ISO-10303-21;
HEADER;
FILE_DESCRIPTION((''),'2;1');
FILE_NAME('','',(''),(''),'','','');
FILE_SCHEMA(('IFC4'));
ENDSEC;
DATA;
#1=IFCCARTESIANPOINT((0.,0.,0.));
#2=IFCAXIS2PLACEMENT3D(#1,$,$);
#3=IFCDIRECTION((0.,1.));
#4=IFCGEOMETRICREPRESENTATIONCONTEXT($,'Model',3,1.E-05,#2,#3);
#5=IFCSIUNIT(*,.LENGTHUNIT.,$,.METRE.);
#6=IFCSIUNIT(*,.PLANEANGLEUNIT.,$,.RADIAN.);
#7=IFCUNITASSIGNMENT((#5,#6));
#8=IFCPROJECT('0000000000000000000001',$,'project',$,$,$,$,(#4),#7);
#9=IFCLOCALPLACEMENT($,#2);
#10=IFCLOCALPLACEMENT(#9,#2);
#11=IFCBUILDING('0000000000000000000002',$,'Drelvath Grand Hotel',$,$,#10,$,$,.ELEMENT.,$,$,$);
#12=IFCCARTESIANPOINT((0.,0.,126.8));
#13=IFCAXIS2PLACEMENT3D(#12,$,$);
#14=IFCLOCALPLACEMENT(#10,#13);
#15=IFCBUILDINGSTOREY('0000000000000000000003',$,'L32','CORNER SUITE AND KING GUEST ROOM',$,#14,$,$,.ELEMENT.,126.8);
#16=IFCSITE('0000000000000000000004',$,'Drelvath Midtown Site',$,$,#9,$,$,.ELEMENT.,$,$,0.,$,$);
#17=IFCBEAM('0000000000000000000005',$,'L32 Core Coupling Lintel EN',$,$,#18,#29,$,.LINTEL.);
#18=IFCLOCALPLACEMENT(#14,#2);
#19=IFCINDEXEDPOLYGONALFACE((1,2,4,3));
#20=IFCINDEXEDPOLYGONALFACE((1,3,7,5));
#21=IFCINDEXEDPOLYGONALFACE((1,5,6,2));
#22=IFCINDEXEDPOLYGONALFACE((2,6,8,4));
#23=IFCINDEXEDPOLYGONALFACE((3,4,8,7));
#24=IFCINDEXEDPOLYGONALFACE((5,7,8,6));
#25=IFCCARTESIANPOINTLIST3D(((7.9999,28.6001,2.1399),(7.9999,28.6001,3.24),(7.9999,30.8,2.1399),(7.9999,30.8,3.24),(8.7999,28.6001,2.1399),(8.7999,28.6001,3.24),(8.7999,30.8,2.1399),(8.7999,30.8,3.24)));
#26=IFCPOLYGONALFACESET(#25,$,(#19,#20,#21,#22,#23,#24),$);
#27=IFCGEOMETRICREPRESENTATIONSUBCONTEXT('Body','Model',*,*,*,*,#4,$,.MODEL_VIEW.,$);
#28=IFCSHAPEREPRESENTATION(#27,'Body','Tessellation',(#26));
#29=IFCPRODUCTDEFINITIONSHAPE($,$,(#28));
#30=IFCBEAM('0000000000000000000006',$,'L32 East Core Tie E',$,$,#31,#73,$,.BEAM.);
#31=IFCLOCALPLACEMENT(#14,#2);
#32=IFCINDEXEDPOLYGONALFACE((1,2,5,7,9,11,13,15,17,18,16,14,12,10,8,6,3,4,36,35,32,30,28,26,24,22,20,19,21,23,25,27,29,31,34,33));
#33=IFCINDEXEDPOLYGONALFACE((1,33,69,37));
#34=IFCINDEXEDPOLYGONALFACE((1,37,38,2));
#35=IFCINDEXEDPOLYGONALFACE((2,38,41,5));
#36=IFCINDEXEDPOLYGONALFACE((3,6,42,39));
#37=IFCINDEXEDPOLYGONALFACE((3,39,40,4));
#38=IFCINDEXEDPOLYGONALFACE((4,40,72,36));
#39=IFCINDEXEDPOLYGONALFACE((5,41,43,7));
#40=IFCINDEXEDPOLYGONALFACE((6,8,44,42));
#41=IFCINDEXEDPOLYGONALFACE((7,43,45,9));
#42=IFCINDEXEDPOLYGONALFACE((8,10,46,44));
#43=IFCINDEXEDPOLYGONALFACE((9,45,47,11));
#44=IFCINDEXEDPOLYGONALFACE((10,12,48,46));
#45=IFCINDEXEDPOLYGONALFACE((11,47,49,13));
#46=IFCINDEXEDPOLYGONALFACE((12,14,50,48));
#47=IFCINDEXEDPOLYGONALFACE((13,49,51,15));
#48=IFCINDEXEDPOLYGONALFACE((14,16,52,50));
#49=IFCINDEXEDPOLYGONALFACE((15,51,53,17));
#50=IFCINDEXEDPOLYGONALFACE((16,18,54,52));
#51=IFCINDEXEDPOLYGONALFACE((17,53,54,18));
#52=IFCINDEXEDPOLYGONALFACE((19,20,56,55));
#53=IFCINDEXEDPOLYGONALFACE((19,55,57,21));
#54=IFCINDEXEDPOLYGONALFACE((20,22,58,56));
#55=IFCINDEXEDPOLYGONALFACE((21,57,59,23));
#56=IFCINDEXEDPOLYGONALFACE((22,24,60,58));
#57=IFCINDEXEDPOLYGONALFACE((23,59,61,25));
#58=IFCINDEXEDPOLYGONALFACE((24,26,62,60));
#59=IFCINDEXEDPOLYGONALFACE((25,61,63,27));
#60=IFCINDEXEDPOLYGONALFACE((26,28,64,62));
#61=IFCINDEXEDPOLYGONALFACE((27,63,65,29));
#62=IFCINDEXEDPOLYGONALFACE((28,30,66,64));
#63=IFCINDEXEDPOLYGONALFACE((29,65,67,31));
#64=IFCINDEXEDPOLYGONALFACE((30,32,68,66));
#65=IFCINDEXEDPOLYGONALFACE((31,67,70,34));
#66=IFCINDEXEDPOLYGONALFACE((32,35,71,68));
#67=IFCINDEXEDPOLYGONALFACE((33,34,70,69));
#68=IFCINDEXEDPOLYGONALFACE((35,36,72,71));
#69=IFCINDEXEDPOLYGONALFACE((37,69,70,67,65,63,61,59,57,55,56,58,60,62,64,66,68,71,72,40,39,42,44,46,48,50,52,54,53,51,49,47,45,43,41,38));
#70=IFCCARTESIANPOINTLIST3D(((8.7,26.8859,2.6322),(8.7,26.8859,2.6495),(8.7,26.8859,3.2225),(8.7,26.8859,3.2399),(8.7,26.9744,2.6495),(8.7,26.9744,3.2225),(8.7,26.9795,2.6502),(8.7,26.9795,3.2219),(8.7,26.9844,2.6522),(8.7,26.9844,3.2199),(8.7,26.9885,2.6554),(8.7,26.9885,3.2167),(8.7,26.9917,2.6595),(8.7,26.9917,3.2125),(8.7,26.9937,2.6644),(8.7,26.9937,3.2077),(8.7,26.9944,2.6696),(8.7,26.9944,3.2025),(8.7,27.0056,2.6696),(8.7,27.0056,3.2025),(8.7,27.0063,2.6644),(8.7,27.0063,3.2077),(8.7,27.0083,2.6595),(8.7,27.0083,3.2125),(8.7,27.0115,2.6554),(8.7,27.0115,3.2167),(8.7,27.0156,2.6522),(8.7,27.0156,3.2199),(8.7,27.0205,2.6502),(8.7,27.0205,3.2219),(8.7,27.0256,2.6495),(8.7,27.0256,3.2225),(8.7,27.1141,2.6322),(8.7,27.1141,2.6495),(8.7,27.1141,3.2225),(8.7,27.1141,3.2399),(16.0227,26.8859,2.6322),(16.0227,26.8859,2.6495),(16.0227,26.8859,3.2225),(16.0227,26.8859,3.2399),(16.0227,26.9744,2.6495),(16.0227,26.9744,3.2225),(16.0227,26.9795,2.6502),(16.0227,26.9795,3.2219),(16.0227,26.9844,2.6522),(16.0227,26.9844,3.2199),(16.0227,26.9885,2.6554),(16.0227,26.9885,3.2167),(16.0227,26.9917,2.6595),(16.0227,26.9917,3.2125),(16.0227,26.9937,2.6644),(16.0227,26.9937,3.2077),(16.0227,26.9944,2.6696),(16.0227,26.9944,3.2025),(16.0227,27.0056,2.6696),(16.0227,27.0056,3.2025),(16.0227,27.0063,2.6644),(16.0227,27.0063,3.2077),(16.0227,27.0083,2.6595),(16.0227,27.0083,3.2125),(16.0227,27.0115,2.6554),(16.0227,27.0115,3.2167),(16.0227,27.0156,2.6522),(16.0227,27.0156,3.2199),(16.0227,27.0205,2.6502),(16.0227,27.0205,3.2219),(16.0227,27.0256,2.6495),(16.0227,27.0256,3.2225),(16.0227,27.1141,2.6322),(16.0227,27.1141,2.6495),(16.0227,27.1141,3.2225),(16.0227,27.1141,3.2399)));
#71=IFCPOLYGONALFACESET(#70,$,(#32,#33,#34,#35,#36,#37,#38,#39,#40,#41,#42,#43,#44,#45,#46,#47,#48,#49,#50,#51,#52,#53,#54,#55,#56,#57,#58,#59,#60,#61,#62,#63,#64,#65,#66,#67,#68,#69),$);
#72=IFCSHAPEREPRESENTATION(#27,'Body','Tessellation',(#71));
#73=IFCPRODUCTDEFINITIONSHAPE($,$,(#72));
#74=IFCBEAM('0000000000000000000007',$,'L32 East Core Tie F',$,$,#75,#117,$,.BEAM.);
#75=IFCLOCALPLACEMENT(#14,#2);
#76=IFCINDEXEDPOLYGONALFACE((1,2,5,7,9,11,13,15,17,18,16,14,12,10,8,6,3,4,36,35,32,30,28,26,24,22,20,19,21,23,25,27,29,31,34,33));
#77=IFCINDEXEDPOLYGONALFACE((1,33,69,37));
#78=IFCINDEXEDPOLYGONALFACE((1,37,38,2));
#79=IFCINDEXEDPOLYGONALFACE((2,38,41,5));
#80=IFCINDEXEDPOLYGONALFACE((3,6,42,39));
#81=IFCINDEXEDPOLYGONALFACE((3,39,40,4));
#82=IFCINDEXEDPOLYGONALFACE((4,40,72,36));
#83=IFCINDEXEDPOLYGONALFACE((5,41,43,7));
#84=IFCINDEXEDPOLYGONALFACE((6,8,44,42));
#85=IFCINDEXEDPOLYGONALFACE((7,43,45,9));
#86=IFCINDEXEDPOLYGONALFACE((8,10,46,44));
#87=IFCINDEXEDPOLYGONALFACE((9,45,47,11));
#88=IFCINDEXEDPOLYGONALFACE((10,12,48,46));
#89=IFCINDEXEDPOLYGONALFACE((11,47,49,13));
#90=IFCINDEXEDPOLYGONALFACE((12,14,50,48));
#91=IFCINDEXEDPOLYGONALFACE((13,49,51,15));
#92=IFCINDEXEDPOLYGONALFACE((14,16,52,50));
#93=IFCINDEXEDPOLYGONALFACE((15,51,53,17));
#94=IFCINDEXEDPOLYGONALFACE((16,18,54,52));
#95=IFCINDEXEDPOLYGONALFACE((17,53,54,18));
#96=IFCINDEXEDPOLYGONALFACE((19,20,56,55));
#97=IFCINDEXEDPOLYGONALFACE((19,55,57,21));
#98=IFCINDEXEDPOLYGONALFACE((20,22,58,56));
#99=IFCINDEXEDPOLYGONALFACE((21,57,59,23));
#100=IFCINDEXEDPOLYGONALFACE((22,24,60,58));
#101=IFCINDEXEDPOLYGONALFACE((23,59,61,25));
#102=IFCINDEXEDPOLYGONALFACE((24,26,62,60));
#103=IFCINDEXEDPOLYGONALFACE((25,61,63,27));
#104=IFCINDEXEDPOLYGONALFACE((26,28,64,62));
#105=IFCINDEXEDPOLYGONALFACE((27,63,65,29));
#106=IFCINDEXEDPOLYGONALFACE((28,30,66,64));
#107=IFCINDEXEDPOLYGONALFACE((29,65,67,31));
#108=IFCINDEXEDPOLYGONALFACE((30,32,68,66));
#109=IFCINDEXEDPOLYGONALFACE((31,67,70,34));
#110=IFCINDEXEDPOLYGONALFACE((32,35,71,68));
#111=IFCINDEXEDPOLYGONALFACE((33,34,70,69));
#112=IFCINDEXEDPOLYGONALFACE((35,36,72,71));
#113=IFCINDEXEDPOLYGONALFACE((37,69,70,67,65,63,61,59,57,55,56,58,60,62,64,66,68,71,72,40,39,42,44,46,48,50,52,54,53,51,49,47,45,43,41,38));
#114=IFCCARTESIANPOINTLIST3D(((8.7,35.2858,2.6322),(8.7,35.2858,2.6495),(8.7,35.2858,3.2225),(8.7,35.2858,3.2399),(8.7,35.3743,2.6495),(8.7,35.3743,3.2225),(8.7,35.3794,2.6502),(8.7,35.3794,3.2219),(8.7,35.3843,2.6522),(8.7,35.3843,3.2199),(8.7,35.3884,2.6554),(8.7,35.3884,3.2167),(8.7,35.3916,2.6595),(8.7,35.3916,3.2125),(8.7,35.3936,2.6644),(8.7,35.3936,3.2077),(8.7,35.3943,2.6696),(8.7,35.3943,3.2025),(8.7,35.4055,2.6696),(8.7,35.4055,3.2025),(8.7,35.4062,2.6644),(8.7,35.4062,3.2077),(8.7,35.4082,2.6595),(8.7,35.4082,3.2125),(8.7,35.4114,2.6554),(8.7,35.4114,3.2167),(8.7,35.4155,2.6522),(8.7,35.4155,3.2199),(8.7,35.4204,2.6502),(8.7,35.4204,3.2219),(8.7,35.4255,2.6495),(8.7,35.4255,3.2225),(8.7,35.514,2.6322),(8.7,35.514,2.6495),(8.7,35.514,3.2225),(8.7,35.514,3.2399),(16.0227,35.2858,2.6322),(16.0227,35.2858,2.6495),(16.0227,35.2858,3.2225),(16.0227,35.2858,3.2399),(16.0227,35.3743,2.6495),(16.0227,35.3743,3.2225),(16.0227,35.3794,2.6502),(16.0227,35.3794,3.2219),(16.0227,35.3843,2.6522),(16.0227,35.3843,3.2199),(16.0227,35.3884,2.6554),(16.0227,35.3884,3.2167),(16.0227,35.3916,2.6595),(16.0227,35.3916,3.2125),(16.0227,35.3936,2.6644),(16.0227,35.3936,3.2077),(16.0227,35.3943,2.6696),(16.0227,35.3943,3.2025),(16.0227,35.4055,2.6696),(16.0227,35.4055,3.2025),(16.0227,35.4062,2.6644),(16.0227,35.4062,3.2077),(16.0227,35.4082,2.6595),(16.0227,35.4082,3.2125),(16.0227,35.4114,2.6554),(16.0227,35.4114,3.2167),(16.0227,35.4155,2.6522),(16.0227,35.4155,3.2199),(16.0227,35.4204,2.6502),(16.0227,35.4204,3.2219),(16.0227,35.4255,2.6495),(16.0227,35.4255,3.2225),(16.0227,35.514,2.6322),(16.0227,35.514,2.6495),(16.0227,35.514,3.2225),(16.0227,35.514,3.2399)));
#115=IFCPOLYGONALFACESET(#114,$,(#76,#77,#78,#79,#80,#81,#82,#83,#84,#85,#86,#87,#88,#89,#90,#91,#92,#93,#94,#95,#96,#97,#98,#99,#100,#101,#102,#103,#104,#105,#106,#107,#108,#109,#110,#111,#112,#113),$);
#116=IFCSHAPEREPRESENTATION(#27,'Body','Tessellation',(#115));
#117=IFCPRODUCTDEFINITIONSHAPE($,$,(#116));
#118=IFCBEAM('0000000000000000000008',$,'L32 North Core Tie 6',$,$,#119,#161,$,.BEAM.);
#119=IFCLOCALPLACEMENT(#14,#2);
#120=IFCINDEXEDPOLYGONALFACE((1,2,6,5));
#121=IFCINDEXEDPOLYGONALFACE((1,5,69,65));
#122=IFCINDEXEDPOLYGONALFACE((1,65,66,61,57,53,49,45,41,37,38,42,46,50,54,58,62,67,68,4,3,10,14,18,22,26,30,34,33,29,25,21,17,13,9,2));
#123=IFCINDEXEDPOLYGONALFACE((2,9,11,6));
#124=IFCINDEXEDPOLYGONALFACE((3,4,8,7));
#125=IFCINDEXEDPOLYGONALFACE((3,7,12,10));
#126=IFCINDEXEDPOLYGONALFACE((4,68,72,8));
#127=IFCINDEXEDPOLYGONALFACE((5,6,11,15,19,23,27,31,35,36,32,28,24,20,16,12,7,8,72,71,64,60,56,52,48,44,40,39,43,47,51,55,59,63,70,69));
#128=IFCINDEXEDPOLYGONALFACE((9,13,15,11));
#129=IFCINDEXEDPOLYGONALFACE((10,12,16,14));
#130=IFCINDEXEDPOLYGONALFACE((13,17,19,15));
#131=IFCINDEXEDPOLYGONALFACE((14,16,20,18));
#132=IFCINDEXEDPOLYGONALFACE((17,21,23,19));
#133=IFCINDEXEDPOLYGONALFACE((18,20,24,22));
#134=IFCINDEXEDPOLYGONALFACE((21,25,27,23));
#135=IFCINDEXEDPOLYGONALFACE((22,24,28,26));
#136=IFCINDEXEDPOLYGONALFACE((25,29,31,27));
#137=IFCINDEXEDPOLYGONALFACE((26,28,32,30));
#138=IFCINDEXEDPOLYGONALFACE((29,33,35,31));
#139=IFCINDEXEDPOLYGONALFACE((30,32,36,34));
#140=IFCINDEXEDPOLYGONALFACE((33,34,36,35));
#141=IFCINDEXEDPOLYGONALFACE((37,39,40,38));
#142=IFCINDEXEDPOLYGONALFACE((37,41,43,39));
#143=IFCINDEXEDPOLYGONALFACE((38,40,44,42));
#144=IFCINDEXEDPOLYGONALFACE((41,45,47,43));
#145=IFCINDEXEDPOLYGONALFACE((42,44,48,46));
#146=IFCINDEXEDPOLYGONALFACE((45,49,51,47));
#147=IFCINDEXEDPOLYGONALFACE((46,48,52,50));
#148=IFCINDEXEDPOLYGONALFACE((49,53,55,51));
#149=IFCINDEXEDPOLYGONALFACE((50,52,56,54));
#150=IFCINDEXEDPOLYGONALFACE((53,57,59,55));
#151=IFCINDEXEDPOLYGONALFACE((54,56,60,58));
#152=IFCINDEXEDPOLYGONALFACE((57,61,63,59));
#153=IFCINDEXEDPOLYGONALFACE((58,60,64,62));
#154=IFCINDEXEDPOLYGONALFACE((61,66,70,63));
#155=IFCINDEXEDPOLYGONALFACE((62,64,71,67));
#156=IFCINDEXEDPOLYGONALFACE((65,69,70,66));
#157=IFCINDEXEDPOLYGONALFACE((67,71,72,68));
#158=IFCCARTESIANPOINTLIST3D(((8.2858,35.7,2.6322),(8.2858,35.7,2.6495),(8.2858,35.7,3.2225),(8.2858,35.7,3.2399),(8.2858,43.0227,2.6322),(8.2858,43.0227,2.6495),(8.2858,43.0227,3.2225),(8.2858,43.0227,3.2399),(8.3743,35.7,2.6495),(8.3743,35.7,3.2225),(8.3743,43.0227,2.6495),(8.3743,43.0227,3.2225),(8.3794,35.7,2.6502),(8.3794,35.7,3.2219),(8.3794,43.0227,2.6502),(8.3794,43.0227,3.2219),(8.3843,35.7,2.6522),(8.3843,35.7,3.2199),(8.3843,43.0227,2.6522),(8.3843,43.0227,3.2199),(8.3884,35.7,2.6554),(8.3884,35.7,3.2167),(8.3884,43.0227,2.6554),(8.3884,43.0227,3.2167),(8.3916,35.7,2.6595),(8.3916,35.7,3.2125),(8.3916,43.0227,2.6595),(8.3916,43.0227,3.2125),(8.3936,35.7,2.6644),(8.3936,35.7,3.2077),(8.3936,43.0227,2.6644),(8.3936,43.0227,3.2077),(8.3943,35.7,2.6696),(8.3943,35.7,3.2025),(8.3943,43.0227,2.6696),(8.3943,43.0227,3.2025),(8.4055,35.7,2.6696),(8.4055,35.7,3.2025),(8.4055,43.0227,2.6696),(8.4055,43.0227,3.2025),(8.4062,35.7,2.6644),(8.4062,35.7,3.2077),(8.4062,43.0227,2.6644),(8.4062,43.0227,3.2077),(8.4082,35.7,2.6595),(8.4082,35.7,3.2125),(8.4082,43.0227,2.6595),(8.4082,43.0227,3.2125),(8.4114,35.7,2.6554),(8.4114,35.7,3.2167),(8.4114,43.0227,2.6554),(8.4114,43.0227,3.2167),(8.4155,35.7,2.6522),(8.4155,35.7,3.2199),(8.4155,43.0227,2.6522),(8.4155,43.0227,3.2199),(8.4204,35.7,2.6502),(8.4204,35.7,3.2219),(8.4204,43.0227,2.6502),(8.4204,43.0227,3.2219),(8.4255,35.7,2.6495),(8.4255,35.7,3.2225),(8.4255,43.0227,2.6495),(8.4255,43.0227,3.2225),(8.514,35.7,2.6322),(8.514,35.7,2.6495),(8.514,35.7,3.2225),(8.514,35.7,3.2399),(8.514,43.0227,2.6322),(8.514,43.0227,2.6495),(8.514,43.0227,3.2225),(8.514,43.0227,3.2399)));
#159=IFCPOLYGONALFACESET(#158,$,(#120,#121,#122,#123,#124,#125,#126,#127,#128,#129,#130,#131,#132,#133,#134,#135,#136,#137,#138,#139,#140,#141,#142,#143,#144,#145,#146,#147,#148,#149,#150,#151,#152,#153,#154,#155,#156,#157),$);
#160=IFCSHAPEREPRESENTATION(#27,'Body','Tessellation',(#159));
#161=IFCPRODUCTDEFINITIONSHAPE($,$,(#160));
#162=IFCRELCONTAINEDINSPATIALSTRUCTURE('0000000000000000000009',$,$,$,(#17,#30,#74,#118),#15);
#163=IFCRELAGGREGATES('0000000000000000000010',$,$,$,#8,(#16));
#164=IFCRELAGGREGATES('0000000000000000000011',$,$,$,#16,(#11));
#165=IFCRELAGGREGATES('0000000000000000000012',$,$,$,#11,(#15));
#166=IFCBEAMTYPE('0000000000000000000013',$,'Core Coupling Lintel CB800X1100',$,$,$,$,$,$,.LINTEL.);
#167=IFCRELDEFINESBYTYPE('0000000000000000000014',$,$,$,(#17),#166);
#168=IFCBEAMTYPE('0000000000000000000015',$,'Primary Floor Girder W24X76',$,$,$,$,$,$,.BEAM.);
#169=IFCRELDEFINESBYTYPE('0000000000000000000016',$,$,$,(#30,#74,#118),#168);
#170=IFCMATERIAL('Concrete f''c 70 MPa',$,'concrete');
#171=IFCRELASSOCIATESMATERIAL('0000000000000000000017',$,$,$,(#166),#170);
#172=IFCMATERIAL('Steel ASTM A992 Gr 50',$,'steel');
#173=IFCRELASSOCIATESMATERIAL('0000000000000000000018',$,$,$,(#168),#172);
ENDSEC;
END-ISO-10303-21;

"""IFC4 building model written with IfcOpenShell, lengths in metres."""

from ifc_helpers import new_model, si_unit, direction, frame, origin, origin_2d, place, context, subcontext, project, spatial, rectangle, i_section, extrude, material, material_profile, profile_set, type_object, element, save


model = new_model("IFC4")

# Units and contexts
model_context = context("Model", 3, precision=1e-05, world=origin(), true_north=direction((0.0, 1.0)))
body_context = subcontext(model_context, "Body", "Model", "MODEL_VIEW")
ifc_project = project(units=[si_unit("LENGTHUNIT", "METRE"), si_unit("PLANEANGLEUNIT", "RADIAN")], contexts=[model_context])

# Site, building, storey
site_placement = place(None, origin())
site = spatial("IfcSite", under=ifc_project, at=site_placement, Name="Drelvath Midtown Site", CompositionType="ELEMENT", RefElevation=0.0)
building_placement = place(site_placement, origin())
building = spatial("IfcBuilding", under=site, at=building_placement, Name="Drelvath Grand Hotel", CompositionType="ELEMENT")
storey_placement = place(building_placement, frame((0.0, 0.0, 126.8)))
storey = spatial("IfcBuildingStorey", under=building, at=storey_placement, Name="L32", Description="CORNER SUITE AND KING GUEST ROOM", CompositionType="ELEMENT", Elevation=126.8)

# Beams
ifc_material_1 = material(Name="Concrete f'c 70 MPa", Category="concrete")
ifc_material_profile_1 = material_profile(ifc_material_1, rectangle(XDim=0.8, YDim=1.1001, at=origin_2d()), Name="CB800X1100")
ifc_profile_set_1 = profile_set([ifc_material_profile_1], Name="Concrete f'c 70 MPa")
beam_type_1 = type_object("IfcBeamType", Name="Core Coupling Lintel CB800X1100", PredefinedType="LINTEL", material=ifc_profile_set_1)
beam_placement = place(storey_placement, frame((8.3999, 28.6001, 2.6899), z_axis=(0.0, 1.0, 0.0), x_axis=(-1.0, 0.0, 0.0)))
element("IfcBeam", 1, at=beam_placement, inside=storey, type_object=beam_type_1, Name="L32 Core Coupling Lintel EN", PredefinedType="LINTEL", context=body_context, shape_type="SweptSolid", body=[
    extrude(rectangle(XDim=0.8, YDim=1.1001, at=origin_2d()), origin(), (0.0, 0.0, 1.0), 2.2),
])
ifc_material_2 = material(Name="Steel ASTM A992 Gr 50", Category="steel")
ifc_material_profile_2 = material_profile(ifc_material_2, i_section(OverallWidth=0.2283, OverallDepth=0.6077, WebThickness=0.0112, FlangeThickness=0.0173, FilletRadius=0.02, at=origin_2d()), Name="W24X76")
ifc_profile_set_2 = profile_set([ifc_material_profile_2], Name="Steel ASTM A992 Gr 50")
beam_type_2 = type_object("IfcBeamType", Name="Primary Floor Girder W24X76", PredefinedType="BEAM", material=ifc_profile_set_2)
for number, where, z_axis, x_axis, name in (
    (2, (8.7, 27.0, 2.936), (1.0, 0.0, 0.0), (0.0, 1.0, 0.0), "L32 East Core Tie E"),
    (3, (8.7, 35.3999, 2.936), (1.0, 0.0, 0.0), (0.0, 1.0, 0.0), "L32 East Core Tie F"),
    (4, (8.3999, 35.7, 2.936), (0.0, 1.0, 0.0), (-1.0, 0.0, 0.0), "L32 North Core Tie 6"),
):
    element("IfcBeam", number, at=place(storey_placement, frame(where, z_axis=z_axis, x_axis=x_axis)), inside=storey, type_object=beam_type_2, Name=name, PredefinedType="BEAM", context=body_context, shape_type="SweptSolid", body=[
        extrude(i_section(OverallWidth=0.2283, OverallDepth=0.6077, WebThickness=0.0112, FlangeThickness=0.0173, FilletRadius=0.02, at=origin_2d()), origin(), (0.0, 0.0, 1.0), 7.3228),
    ])

save(model, "model.ifc")
